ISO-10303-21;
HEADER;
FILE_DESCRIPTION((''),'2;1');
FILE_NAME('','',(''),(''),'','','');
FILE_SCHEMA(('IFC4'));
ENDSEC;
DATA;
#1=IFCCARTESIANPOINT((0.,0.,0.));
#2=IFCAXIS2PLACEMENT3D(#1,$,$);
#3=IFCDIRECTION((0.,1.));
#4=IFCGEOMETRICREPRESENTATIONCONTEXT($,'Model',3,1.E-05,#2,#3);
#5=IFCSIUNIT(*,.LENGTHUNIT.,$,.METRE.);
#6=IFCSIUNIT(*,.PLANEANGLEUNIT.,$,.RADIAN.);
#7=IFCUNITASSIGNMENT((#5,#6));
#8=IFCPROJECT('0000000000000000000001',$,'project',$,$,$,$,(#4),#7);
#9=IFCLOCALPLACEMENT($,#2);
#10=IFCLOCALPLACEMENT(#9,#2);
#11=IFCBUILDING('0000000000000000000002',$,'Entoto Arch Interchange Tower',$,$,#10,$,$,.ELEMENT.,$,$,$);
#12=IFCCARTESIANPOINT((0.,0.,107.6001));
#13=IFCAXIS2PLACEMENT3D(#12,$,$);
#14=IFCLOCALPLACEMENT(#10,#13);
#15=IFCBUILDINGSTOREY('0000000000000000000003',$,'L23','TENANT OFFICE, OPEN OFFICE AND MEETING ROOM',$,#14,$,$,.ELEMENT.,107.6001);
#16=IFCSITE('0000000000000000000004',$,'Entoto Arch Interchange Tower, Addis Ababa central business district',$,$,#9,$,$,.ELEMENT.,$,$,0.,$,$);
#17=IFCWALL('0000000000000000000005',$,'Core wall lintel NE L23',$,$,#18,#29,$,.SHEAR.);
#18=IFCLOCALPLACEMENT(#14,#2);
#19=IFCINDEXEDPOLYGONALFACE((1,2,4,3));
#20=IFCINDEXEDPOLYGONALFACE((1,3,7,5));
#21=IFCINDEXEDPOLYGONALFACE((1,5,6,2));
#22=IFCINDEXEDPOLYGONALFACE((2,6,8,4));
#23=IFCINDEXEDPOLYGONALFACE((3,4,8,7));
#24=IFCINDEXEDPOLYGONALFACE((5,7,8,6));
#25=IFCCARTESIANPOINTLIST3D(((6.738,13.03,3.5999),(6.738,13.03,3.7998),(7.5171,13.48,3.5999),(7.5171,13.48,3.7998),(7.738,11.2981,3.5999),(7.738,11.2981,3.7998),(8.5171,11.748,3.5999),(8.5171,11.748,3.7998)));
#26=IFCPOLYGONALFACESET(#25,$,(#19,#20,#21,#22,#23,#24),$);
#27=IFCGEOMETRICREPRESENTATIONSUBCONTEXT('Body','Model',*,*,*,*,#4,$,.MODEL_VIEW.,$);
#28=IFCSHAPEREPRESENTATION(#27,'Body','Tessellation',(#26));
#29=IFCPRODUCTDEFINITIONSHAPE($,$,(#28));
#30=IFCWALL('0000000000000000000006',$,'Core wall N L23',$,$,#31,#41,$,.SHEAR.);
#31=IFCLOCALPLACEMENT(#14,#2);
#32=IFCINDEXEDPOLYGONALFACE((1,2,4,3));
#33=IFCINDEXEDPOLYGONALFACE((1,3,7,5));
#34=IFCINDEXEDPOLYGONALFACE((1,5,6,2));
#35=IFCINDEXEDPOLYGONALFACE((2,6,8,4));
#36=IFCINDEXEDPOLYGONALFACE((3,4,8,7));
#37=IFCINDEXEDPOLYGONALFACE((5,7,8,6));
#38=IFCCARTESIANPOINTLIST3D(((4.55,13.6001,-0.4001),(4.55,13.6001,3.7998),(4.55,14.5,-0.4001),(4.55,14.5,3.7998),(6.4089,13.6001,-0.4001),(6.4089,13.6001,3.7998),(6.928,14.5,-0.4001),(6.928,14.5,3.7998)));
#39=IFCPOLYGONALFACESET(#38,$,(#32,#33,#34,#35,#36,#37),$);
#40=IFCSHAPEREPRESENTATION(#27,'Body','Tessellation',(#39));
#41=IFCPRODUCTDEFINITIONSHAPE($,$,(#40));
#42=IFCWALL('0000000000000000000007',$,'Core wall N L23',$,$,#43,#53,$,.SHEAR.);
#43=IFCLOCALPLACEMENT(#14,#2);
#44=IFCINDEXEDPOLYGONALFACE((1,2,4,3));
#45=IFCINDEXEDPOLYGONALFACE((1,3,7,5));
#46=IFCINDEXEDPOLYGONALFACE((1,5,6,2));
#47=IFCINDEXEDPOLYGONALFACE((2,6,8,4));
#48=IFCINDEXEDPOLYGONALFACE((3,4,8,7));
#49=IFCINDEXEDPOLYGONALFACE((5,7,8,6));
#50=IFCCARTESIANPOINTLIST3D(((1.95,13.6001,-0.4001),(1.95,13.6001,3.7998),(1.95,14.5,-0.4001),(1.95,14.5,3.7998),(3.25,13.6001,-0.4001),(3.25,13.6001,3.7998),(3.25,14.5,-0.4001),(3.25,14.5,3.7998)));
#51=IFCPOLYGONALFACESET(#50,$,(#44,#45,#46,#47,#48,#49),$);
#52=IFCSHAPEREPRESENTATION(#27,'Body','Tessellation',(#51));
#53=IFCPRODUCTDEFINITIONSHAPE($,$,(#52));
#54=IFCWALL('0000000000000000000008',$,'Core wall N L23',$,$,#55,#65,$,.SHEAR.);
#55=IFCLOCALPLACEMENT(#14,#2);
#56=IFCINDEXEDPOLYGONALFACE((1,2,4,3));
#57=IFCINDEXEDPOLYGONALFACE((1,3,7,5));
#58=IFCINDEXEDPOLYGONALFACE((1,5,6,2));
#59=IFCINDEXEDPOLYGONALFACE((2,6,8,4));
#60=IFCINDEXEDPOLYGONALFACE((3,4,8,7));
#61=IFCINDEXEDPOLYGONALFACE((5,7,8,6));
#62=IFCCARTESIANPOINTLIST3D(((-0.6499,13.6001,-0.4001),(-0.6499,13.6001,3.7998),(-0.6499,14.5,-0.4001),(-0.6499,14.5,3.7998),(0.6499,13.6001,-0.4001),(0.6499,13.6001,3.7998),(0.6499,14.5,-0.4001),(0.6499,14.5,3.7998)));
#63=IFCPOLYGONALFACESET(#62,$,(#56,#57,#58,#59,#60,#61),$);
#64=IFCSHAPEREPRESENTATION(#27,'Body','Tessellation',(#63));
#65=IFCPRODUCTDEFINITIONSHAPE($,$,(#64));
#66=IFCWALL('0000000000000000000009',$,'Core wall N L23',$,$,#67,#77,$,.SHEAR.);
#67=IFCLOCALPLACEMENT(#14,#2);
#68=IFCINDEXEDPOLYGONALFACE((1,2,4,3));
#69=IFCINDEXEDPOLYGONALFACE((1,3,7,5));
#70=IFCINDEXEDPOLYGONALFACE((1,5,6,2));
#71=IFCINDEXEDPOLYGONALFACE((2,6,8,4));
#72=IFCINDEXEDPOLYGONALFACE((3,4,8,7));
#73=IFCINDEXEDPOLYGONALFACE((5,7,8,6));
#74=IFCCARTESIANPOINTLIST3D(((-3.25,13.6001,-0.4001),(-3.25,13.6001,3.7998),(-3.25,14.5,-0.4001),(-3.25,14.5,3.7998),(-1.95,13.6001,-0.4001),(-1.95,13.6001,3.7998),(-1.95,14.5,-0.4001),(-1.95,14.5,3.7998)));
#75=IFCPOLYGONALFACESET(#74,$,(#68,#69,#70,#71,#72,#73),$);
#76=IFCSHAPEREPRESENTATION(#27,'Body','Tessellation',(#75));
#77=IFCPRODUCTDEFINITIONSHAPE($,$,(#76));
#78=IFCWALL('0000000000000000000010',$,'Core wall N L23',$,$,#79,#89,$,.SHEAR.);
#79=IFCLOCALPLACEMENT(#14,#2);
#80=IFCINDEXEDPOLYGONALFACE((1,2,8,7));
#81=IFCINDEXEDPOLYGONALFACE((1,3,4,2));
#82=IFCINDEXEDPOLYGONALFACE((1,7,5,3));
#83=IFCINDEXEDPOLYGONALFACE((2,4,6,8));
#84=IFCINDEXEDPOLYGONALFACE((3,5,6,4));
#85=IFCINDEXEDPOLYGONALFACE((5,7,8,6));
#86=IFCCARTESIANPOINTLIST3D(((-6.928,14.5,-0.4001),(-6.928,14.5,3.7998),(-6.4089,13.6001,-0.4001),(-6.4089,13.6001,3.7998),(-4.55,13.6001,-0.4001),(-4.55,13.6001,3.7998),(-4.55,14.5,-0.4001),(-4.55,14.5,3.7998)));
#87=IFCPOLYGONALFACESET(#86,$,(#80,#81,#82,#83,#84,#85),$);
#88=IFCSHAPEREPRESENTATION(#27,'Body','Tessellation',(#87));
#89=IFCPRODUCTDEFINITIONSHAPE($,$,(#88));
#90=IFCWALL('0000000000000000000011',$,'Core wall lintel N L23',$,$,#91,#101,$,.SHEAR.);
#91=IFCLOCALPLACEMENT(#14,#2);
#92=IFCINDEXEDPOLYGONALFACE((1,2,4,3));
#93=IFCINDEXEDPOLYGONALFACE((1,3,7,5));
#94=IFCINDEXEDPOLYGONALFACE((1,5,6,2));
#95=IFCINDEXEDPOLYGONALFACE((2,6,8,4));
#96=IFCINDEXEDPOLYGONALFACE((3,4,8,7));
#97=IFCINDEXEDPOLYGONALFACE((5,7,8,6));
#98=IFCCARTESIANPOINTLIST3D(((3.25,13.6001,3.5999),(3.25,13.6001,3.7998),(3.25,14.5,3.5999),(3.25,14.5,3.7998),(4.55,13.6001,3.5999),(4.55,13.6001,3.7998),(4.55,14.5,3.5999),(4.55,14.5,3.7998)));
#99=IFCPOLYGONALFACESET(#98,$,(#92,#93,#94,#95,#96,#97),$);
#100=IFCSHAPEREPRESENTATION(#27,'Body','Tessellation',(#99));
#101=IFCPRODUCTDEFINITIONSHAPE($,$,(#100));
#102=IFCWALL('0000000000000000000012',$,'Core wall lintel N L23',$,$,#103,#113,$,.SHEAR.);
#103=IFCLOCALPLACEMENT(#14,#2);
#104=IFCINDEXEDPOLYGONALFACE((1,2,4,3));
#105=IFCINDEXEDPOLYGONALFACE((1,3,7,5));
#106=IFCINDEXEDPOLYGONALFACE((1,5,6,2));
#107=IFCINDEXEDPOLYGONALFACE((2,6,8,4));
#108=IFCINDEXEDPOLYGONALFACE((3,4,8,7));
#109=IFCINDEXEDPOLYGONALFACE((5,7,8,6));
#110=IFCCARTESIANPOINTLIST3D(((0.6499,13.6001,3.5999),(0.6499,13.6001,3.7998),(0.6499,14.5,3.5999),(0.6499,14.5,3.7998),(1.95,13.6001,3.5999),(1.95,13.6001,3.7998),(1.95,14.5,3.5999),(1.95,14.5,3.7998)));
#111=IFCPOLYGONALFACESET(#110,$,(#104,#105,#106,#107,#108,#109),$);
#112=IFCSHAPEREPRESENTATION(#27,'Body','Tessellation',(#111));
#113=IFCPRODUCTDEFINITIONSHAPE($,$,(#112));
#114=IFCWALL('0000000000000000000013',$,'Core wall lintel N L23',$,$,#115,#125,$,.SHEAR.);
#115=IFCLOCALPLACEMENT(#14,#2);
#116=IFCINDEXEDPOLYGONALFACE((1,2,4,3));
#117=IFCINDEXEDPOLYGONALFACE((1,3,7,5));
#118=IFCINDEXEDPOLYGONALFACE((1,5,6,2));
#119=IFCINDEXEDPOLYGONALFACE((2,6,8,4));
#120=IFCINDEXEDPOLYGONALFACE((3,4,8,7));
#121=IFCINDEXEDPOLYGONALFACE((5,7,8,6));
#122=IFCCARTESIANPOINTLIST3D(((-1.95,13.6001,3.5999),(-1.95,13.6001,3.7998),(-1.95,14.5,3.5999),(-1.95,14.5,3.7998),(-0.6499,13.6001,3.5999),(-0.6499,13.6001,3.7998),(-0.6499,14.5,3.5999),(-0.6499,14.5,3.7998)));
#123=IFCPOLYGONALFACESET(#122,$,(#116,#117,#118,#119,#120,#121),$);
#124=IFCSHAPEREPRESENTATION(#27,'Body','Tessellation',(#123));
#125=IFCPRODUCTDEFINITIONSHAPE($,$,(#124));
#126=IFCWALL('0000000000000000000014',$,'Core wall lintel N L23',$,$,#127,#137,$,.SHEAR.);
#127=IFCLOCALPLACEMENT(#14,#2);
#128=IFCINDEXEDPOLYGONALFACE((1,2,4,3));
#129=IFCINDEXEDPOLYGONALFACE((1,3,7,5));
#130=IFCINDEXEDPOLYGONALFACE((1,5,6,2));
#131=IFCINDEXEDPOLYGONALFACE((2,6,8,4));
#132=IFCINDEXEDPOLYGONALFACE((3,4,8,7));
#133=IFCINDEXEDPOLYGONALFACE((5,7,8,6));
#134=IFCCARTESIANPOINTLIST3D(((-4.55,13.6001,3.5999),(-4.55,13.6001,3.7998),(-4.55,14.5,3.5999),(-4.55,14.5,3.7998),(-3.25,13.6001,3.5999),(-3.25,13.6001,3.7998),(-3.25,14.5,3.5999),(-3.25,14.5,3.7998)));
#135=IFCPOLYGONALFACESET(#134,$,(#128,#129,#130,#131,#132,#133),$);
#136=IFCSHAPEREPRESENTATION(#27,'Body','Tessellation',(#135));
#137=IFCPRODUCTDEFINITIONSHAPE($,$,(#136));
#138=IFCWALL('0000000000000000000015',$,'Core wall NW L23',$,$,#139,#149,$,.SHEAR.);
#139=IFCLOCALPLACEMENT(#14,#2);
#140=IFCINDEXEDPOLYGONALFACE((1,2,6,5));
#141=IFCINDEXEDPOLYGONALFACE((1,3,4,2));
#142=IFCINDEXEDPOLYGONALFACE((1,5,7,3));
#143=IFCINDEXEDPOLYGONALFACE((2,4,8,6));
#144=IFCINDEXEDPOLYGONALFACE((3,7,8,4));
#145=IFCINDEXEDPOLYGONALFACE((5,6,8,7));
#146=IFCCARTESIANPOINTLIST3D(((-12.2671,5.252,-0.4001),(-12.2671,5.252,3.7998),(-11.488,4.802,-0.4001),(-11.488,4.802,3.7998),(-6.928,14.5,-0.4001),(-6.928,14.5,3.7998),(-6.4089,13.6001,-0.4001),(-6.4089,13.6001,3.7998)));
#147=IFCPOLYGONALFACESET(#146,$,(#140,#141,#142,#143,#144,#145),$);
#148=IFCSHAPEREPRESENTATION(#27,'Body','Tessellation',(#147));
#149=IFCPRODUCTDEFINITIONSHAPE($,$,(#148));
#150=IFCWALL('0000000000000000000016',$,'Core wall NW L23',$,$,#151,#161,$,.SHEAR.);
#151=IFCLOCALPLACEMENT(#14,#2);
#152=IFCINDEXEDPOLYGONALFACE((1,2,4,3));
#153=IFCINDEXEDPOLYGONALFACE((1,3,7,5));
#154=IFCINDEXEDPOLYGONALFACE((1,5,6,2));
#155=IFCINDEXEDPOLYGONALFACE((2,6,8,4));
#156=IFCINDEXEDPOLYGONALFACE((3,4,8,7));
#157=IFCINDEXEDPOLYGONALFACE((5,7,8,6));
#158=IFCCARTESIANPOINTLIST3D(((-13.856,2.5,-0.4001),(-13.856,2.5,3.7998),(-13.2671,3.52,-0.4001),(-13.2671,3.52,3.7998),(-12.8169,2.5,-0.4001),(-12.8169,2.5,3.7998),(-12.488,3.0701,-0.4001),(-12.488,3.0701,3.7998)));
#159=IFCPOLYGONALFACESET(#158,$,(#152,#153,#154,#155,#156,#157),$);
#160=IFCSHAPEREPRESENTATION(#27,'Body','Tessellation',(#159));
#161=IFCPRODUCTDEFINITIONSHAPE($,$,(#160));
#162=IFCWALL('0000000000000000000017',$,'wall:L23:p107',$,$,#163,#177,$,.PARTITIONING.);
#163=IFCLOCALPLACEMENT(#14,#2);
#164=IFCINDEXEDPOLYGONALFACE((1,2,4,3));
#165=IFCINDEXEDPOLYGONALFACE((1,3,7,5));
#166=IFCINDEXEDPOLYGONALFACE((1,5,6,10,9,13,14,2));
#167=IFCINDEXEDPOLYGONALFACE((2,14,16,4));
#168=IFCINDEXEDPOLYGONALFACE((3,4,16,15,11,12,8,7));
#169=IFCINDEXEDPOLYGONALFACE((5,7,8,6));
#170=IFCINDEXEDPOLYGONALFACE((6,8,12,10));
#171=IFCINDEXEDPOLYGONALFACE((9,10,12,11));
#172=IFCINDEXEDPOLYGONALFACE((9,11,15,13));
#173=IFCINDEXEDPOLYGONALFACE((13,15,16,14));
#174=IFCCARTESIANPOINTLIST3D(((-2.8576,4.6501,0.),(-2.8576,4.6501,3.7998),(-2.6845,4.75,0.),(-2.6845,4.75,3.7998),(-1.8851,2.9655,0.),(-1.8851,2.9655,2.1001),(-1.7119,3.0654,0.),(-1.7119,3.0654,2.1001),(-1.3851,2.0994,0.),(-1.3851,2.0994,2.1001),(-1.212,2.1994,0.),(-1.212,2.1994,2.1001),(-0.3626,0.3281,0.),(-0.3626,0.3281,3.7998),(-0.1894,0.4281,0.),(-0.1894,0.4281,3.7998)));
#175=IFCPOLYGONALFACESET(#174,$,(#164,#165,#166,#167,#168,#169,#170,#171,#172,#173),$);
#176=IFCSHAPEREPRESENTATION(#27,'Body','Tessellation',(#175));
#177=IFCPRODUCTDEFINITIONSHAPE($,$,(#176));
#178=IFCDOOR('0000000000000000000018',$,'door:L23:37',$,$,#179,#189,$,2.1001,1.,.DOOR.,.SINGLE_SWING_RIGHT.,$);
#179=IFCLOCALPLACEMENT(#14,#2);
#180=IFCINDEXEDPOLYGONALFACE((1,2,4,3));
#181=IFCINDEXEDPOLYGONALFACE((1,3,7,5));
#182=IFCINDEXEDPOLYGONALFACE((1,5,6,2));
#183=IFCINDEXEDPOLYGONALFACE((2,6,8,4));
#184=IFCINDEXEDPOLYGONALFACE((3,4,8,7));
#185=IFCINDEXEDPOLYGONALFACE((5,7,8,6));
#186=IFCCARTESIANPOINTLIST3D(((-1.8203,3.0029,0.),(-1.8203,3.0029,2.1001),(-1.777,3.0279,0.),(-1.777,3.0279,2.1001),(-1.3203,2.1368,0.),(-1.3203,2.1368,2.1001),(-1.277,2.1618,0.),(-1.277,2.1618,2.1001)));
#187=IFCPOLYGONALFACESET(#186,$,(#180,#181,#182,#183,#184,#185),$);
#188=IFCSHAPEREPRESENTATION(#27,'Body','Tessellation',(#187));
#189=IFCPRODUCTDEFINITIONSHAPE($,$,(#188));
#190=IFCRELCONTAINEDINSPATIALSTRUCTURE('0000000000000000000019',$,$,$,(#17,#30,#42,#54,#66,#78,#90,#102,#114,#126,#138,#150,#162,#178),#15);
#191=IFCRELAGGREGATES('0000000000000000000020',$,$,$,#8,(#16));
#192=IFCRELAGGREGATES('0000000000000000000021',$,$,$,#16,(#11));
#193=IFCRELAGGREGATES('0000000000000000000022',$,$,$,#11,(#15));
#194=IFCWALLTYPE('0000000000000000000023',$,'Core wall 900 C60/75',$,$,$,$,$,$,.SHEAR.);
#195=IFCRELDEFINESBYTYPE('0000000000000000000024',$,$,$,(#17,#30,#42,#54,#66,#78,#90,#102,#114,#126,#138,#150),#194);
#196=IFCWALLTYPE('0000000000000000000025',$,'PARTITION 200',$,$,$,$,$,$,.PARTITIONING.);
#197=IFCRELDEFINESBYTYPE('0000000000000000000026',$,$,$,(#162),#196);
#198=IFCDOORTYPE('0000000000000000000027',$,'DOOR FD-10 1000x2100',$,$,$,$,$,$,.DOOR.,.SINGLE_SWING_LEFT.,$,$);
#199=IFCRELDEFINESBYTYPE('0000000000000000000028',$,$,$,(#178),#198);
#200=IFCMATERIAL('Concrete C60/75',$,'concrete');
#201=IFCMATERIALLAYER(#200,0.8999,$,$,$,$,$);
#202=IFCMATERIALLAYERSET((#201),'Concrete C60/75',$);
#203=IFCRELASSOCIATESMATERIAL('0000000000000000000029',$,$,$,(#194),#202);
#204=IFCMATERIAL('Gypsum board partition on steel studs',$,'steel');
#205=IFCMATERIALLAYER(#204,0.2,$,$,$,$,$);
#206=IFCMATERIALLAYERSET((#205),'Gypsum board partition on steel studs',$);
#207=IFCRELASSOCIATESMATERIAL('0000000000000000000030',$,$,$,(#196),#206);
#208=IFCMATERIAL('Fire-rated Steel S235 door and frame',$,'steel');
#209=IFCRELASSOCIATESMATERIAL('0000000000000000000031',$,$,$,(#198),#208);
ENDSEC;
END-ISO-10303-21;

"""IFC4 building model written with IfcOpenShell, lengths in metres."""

from ifc_helpers import new_model, si_unit, direction, frame, frame_2d, origin, place, context, subcontext, project, spatial, polyline, rectangle, outline, extrude, material, layer, layer_set, type_object, element, fill, save


model = new_model("IFC4")

# Units and contexts
model_context = context("Model", 3, precision=1e-05, world=origin(), true_north=direction((0.0, 1.0)))
body_context = subcontext(model_context, "Body", "Model", "MODEL_VIEW")
ifc_project = project(units=[si_unit("LENGTHUNIT", "METRE"), si_unit("PLANEANGLEUNIT", "RADIAN")], contexts=[model_context])

# Site, building, storey
site_placement = place(None, origin())
site = spatial("IfcSite", under=ifc_project, at=site_placement, Name="Entoto Arch Interchange Tower, Addis Ababa central business district", CompositionType="ELEMENT", RefElevation=0.0)
building_placement = place(site_placement, origin())
building = spatial("IfcBuilding", under=site, at=building_placement, Name="Entoto Arch Interchange Tower", CompositionType="ELEMENT")
storey_placement = place(building_placement, frame((0.0, 0.0, 107.6001)))
storey = spatial("IfcBuildingStorey", under=building, at=storey_placement, Name="L23", Description="TENANT OFFICE, OPEN OFFICE AND MEETING ROOM", CompositionType="ELEMENT", Elevation=107.6001)

# Walls
ifc_material_1 = material(Name="Concrete C60/75", Category="concrete")
ifc_layer_1 = layer(ifc_material_1, 0.8999)
ifc_layer_set_1 = layer_set([ifc_layer_1], Name="Concrete C60/75")
wall_type_1 = type_object("IfcWallType", Name="Core wall 900 C60/75", PredefinedType="SHEAR", material=ifc_layer_set_1)
wall_1_placement = place(storey_placement, frame((0.0, 0.0, 3.5999)))
element("IfcWall", 1, at=wall_1_placement, inside=storey, type_object=wall_type_1, Name="Core wall lintel NE L23", PredefinedType="SHEAR", context=body_context, shape_type="SweptSolid", body=[
    extrude(outline(polyline([(7.5171, 13.48), (6.738, 13.03), (7.738, 11.2981), (8.5171, 11.748), (7.5171, 13.48)])), origin(), (0.0, 0.0, 1.0), 0.2),
])
wall_2_placement = place(storey_placement, frame((0.0, 0.0, -0.4001)))
element("IfcWall", 2, at=wall_2_placement, inside=storey, type_object=wall_type_1, Name="Core wall N L23", PredefinedType="SHEAR", context=body_context, shape_type="SweptSolid", body=[
    extrude(outline(polyline([(4.55, 14.5), (4.55, 13.6001), (6.4089, 13.6001), (6.928, 14.5), (4.55, 14.5)])), origin(), (0.0, 0.0, 1.0), 4.2),
])
wall_3_placement = place(storey_placement, frame((0.0, 0.0, -0.4001)))
element("IfcWall", 3, at=wall_3_placement, inside=storey, type_object=wall_type_1, Name="Core wall N L23", PredefinedType="SHEAR", context=body_context, shape_type="SweptSolid", body=[
    extrude(outline(polyline([(1.95, 14.5), (1.95, 13.6001), (3.25, 13.6001), (3.25, 14.5), (1.95, 14.5)])), origin(), (0.0, 0.0, 1.0), 4.2),
])
wall_4_placement = place(storey_placement, frame((0.0, 0.0, -0.4001)))
element("IfcWall", 4, at=wall_4_placement, inside=storey, type_object=wall_type_1, Name="Core wall N L23", PredefinedType="SHEAR", context=body_context, shape_type="SweptSolid", body=[
    extrude(outline(polyline([(-0.6499, 14.5), (-0.6499, 13.6001), (0.6499, 13.6001), (0.6499, 14.5), (-0.6499, 14.5)])), origin(), (0.0, 0.0, 1.0), 4.2),
])
wall_5_placement = place(storey_placement, frame((0.0, 0.0, -0.4001)))
element("IfcWall", 5, at=wall_5_placement, inside=storey, type_object=wall_type_1, Name="Core wall N L23", PredefinedType="SHEAR", context=body_context, shape_type="SweptSolid", body=[
    extrude(outline(polyline([(-3.25, 14.5), (-3.25, 13.6001), (-1.95, 13.6001), (-1.95, 14.5), (-3.25, 14.5)])), origin(), (0.0, 0.0, 1.0), 4.2),
])
wall_6_placement = place(storey_placement, frame((0.0, 0.0, -0.4001)))
element("IfcWall", 6, at=wall_6_placement, inside=storey, type_object=wall_type_1, Name="Core wall N L23", PredefinedType="SHEAR", context=body_context, shape_type="SweptSolid", body=[
    extrude(outline(polyline([(-4.55, 13.6001), (-4.55, 14.5), (-6.928, 14.5), (-6.4089, 13.6001), (-4.55, 13.6001)])), origin(), (0.0, 0.0, 1.0), 4.2),
])
wall_7_placement = place(storey_placement, frame((0.0, 0.0, 3.5999)))
element("IfcWall", 7, at=wall_7_placement, inside=storey, type_object=wall_type_1, Name="Core wall lintel N L23", PredefinedType="SHEAR", context=body_context, shape_type="SweptSolid", body=[
    extrude(outline(polyline([(3.25, 14.5), (3.25, 13.6001), (4.55, 13.6001), (4.55, 14.5), (3.25, 14.5)])), origin(), (0.0, 0.0, 1.0), 0.2),
])
wall_8_placement = place(storey_placement, frame((0.0, 0.0, 3.5999)))
element("IfcWall", 8, at=wall_8_placement, inside=storey, type_object=wall_type_1, Name="Core wall lintel N L23", PredefinedType="SHEAR", context=body_context, shape_type="SweptSolid", body=[
    extrude(outline(polyline([(0.6499, 14.5), (0.6499, 13.6001), (1.95, 13.6001), (1.95, 14.5), (0.6499, 14.5)])), origin(), (0.0, 0.0, 1.0), 0.2),
])
wall_9_placement = place(storey_placement, frame((0.0, 0.0, 3.5999)))
element("IfcWall", 9, at=wall_9_placement, inside=storey, type_object=wall_type_1, Name="Core wall lintel N L23", PredefinedType="SHEAR", context=body_context, shape_type="SweptSolid", body=[
    extrude(outline(polyline([(-1.95, 14.5), (-1.95, 13.6001), (-0.6499, 13.6001), (-0.6499, 14.5), (-1.95, 14.5)])), origin(), (0.0, 0.0, 1.0), 0.2),
])
wall_10_placement = place(storey_placement, frame((0.0, 0.0, 3.5999)))
element("IfcWall", 10, at=wall_10_placement, inside=storey, type_object=wall_type_1, Name="Core wall lintel N L23", PredefinedType="SHEAR", context=body_context, shape_type="SweptSolid", body=[
    extrude(outline(polyline([(-4.55, 14.5), (-4.55, 13.6001), (-3.25, 13.6001), (-3.25, 14.5), (-4.55, 14.5)])), origin(), (0.0, 0.0, 1.0), 0.2),
])
wall_11_placement = place(storey_placement, frame((0.0, 0.0, -0.4001)))
element("IfcWall", 11, at=wall_11_placement, inside=storey, type_object=wall_type_1, Name="Core wall NW L23", PredefinedType="SHEAR", context=body_context, shape_type="SweptSolid", body=[
    extrude(outline(polyline([(-12.2671, 5.252), (-11.488, 4.802), (-6.4089, 13.6001), (-6.928, 14.5), (-12.2671, 5.252)])), origin(), (0.0, 0.0, 1.0), 4.2),
])
wall_12_placement = place(storey_placement, frame((0.0, 0.0, -0.4001)))
element("IfcWall", 12, at=wall_12_placement, inside=storey, type_object=wall_type_1, Name="Core wall NW L23", PredefinedType="SHEAR", context=body_context, shape_type="SweptSolid", body=[
    extrude(outline(polyline([(-12.488, 3.0701), (-13.2671, 3.52), (-13.856, 2.5), (-12.8169, 2.5), (-12.488, 3.0701)])), origin(), (0.0, 0.0, 1.0), 4.2),
])

# Wall, opening, door
ifc_material_2 = material(Name="Gypsum board partition on steel studs", Category="steel")
ifc_layer_2 = layer(ifc_material_2, 0.2)
ifc_layer_set_2 = layer_set([ifc_layer_2], Name="Gypsum board partition on steel studs")
wall_type_2 = type_object("IfcWallType", Name="PARTITION 200", PredefinedType="PARTITIONING", material=ifc_layer_set_2)
wall_13_placement = place(storey_placement, frame((-2.771, 4.7, 0.0), z_axis=(0.0, 0.0, 1.0), x_axis=(0.499969, -0.866043, 0.0)))
wall_13 = element("IfcWall", 13, at=wall_13_placement, inside=storey, type_object=wall_type_2, Name="wall:L23:p107", PredefinedType="PARTITIONING", context=body_context, shape_type="SweptSolid", body=[
    extrude(rectangle(XDim=4.9905, YDim=0.2, at=frame_2d((2.4951, 0.0))), origin(), (0.0, 0.0, 1.0), 3.7998),
])
opening_1_placement = place(wall_13_placement, frame((1.9451, 0.0, 0.0)))
opening_1 = element("IfcOpeningElement", 14, at=opening_1_placement, cuts=wall_13, PredefinedType="OPENING", context=body_context, shape_type="SweptSolid", body=[
    extrude(rectangle(XDim=1.0, YDim=2.1001, at=frame_2d((0.5, 1.05))), frame((0.0, 0.1099, 0.0), z_axis=(0.0, -1.0, 0.0), x_axis=(1.0, 0.0, 0.0)), (0.0, 0.0, 1.0), 0.22),
])
ifc_material_3 = material(Name="Fire-rated Steel S235 door and frame", Category="steel")
door_type_1 = type_object("IfcDoorType", Name="DOOR FD-10 1000x2100", OperationType="SINGLE_SWING_LEFT", PredefinedType="DOOR", material=ifc_material_3)
door_1_placement = place(opening_1_placement, origin())
door_1 = element("IfcDoor", 15, at=door_1_placement, inside=storey, type_object=door_type_1, Name="door:L23:37", OperationType="SINGLE_SWING_RIGHT", OverallHeight=2.1001, OverallWidth=1.0, PredefinedType="DOOR", context=body_context, shape_type="SweptSolid", body=[
    extrude(rectangle(XDim=1.0, YDim=2.1001, at=frame_2d((0.5, 1.05))), frame((0.0, 0.0249, 0.0), z_axis=(0.0, -1.0, 0.0), x_axis=(1.0, 0.0, 0.0)), (0.0, 0.0, 1.0), 0.05),
])
fill(opening_1, door_1)

save(model, "model.ifc")
